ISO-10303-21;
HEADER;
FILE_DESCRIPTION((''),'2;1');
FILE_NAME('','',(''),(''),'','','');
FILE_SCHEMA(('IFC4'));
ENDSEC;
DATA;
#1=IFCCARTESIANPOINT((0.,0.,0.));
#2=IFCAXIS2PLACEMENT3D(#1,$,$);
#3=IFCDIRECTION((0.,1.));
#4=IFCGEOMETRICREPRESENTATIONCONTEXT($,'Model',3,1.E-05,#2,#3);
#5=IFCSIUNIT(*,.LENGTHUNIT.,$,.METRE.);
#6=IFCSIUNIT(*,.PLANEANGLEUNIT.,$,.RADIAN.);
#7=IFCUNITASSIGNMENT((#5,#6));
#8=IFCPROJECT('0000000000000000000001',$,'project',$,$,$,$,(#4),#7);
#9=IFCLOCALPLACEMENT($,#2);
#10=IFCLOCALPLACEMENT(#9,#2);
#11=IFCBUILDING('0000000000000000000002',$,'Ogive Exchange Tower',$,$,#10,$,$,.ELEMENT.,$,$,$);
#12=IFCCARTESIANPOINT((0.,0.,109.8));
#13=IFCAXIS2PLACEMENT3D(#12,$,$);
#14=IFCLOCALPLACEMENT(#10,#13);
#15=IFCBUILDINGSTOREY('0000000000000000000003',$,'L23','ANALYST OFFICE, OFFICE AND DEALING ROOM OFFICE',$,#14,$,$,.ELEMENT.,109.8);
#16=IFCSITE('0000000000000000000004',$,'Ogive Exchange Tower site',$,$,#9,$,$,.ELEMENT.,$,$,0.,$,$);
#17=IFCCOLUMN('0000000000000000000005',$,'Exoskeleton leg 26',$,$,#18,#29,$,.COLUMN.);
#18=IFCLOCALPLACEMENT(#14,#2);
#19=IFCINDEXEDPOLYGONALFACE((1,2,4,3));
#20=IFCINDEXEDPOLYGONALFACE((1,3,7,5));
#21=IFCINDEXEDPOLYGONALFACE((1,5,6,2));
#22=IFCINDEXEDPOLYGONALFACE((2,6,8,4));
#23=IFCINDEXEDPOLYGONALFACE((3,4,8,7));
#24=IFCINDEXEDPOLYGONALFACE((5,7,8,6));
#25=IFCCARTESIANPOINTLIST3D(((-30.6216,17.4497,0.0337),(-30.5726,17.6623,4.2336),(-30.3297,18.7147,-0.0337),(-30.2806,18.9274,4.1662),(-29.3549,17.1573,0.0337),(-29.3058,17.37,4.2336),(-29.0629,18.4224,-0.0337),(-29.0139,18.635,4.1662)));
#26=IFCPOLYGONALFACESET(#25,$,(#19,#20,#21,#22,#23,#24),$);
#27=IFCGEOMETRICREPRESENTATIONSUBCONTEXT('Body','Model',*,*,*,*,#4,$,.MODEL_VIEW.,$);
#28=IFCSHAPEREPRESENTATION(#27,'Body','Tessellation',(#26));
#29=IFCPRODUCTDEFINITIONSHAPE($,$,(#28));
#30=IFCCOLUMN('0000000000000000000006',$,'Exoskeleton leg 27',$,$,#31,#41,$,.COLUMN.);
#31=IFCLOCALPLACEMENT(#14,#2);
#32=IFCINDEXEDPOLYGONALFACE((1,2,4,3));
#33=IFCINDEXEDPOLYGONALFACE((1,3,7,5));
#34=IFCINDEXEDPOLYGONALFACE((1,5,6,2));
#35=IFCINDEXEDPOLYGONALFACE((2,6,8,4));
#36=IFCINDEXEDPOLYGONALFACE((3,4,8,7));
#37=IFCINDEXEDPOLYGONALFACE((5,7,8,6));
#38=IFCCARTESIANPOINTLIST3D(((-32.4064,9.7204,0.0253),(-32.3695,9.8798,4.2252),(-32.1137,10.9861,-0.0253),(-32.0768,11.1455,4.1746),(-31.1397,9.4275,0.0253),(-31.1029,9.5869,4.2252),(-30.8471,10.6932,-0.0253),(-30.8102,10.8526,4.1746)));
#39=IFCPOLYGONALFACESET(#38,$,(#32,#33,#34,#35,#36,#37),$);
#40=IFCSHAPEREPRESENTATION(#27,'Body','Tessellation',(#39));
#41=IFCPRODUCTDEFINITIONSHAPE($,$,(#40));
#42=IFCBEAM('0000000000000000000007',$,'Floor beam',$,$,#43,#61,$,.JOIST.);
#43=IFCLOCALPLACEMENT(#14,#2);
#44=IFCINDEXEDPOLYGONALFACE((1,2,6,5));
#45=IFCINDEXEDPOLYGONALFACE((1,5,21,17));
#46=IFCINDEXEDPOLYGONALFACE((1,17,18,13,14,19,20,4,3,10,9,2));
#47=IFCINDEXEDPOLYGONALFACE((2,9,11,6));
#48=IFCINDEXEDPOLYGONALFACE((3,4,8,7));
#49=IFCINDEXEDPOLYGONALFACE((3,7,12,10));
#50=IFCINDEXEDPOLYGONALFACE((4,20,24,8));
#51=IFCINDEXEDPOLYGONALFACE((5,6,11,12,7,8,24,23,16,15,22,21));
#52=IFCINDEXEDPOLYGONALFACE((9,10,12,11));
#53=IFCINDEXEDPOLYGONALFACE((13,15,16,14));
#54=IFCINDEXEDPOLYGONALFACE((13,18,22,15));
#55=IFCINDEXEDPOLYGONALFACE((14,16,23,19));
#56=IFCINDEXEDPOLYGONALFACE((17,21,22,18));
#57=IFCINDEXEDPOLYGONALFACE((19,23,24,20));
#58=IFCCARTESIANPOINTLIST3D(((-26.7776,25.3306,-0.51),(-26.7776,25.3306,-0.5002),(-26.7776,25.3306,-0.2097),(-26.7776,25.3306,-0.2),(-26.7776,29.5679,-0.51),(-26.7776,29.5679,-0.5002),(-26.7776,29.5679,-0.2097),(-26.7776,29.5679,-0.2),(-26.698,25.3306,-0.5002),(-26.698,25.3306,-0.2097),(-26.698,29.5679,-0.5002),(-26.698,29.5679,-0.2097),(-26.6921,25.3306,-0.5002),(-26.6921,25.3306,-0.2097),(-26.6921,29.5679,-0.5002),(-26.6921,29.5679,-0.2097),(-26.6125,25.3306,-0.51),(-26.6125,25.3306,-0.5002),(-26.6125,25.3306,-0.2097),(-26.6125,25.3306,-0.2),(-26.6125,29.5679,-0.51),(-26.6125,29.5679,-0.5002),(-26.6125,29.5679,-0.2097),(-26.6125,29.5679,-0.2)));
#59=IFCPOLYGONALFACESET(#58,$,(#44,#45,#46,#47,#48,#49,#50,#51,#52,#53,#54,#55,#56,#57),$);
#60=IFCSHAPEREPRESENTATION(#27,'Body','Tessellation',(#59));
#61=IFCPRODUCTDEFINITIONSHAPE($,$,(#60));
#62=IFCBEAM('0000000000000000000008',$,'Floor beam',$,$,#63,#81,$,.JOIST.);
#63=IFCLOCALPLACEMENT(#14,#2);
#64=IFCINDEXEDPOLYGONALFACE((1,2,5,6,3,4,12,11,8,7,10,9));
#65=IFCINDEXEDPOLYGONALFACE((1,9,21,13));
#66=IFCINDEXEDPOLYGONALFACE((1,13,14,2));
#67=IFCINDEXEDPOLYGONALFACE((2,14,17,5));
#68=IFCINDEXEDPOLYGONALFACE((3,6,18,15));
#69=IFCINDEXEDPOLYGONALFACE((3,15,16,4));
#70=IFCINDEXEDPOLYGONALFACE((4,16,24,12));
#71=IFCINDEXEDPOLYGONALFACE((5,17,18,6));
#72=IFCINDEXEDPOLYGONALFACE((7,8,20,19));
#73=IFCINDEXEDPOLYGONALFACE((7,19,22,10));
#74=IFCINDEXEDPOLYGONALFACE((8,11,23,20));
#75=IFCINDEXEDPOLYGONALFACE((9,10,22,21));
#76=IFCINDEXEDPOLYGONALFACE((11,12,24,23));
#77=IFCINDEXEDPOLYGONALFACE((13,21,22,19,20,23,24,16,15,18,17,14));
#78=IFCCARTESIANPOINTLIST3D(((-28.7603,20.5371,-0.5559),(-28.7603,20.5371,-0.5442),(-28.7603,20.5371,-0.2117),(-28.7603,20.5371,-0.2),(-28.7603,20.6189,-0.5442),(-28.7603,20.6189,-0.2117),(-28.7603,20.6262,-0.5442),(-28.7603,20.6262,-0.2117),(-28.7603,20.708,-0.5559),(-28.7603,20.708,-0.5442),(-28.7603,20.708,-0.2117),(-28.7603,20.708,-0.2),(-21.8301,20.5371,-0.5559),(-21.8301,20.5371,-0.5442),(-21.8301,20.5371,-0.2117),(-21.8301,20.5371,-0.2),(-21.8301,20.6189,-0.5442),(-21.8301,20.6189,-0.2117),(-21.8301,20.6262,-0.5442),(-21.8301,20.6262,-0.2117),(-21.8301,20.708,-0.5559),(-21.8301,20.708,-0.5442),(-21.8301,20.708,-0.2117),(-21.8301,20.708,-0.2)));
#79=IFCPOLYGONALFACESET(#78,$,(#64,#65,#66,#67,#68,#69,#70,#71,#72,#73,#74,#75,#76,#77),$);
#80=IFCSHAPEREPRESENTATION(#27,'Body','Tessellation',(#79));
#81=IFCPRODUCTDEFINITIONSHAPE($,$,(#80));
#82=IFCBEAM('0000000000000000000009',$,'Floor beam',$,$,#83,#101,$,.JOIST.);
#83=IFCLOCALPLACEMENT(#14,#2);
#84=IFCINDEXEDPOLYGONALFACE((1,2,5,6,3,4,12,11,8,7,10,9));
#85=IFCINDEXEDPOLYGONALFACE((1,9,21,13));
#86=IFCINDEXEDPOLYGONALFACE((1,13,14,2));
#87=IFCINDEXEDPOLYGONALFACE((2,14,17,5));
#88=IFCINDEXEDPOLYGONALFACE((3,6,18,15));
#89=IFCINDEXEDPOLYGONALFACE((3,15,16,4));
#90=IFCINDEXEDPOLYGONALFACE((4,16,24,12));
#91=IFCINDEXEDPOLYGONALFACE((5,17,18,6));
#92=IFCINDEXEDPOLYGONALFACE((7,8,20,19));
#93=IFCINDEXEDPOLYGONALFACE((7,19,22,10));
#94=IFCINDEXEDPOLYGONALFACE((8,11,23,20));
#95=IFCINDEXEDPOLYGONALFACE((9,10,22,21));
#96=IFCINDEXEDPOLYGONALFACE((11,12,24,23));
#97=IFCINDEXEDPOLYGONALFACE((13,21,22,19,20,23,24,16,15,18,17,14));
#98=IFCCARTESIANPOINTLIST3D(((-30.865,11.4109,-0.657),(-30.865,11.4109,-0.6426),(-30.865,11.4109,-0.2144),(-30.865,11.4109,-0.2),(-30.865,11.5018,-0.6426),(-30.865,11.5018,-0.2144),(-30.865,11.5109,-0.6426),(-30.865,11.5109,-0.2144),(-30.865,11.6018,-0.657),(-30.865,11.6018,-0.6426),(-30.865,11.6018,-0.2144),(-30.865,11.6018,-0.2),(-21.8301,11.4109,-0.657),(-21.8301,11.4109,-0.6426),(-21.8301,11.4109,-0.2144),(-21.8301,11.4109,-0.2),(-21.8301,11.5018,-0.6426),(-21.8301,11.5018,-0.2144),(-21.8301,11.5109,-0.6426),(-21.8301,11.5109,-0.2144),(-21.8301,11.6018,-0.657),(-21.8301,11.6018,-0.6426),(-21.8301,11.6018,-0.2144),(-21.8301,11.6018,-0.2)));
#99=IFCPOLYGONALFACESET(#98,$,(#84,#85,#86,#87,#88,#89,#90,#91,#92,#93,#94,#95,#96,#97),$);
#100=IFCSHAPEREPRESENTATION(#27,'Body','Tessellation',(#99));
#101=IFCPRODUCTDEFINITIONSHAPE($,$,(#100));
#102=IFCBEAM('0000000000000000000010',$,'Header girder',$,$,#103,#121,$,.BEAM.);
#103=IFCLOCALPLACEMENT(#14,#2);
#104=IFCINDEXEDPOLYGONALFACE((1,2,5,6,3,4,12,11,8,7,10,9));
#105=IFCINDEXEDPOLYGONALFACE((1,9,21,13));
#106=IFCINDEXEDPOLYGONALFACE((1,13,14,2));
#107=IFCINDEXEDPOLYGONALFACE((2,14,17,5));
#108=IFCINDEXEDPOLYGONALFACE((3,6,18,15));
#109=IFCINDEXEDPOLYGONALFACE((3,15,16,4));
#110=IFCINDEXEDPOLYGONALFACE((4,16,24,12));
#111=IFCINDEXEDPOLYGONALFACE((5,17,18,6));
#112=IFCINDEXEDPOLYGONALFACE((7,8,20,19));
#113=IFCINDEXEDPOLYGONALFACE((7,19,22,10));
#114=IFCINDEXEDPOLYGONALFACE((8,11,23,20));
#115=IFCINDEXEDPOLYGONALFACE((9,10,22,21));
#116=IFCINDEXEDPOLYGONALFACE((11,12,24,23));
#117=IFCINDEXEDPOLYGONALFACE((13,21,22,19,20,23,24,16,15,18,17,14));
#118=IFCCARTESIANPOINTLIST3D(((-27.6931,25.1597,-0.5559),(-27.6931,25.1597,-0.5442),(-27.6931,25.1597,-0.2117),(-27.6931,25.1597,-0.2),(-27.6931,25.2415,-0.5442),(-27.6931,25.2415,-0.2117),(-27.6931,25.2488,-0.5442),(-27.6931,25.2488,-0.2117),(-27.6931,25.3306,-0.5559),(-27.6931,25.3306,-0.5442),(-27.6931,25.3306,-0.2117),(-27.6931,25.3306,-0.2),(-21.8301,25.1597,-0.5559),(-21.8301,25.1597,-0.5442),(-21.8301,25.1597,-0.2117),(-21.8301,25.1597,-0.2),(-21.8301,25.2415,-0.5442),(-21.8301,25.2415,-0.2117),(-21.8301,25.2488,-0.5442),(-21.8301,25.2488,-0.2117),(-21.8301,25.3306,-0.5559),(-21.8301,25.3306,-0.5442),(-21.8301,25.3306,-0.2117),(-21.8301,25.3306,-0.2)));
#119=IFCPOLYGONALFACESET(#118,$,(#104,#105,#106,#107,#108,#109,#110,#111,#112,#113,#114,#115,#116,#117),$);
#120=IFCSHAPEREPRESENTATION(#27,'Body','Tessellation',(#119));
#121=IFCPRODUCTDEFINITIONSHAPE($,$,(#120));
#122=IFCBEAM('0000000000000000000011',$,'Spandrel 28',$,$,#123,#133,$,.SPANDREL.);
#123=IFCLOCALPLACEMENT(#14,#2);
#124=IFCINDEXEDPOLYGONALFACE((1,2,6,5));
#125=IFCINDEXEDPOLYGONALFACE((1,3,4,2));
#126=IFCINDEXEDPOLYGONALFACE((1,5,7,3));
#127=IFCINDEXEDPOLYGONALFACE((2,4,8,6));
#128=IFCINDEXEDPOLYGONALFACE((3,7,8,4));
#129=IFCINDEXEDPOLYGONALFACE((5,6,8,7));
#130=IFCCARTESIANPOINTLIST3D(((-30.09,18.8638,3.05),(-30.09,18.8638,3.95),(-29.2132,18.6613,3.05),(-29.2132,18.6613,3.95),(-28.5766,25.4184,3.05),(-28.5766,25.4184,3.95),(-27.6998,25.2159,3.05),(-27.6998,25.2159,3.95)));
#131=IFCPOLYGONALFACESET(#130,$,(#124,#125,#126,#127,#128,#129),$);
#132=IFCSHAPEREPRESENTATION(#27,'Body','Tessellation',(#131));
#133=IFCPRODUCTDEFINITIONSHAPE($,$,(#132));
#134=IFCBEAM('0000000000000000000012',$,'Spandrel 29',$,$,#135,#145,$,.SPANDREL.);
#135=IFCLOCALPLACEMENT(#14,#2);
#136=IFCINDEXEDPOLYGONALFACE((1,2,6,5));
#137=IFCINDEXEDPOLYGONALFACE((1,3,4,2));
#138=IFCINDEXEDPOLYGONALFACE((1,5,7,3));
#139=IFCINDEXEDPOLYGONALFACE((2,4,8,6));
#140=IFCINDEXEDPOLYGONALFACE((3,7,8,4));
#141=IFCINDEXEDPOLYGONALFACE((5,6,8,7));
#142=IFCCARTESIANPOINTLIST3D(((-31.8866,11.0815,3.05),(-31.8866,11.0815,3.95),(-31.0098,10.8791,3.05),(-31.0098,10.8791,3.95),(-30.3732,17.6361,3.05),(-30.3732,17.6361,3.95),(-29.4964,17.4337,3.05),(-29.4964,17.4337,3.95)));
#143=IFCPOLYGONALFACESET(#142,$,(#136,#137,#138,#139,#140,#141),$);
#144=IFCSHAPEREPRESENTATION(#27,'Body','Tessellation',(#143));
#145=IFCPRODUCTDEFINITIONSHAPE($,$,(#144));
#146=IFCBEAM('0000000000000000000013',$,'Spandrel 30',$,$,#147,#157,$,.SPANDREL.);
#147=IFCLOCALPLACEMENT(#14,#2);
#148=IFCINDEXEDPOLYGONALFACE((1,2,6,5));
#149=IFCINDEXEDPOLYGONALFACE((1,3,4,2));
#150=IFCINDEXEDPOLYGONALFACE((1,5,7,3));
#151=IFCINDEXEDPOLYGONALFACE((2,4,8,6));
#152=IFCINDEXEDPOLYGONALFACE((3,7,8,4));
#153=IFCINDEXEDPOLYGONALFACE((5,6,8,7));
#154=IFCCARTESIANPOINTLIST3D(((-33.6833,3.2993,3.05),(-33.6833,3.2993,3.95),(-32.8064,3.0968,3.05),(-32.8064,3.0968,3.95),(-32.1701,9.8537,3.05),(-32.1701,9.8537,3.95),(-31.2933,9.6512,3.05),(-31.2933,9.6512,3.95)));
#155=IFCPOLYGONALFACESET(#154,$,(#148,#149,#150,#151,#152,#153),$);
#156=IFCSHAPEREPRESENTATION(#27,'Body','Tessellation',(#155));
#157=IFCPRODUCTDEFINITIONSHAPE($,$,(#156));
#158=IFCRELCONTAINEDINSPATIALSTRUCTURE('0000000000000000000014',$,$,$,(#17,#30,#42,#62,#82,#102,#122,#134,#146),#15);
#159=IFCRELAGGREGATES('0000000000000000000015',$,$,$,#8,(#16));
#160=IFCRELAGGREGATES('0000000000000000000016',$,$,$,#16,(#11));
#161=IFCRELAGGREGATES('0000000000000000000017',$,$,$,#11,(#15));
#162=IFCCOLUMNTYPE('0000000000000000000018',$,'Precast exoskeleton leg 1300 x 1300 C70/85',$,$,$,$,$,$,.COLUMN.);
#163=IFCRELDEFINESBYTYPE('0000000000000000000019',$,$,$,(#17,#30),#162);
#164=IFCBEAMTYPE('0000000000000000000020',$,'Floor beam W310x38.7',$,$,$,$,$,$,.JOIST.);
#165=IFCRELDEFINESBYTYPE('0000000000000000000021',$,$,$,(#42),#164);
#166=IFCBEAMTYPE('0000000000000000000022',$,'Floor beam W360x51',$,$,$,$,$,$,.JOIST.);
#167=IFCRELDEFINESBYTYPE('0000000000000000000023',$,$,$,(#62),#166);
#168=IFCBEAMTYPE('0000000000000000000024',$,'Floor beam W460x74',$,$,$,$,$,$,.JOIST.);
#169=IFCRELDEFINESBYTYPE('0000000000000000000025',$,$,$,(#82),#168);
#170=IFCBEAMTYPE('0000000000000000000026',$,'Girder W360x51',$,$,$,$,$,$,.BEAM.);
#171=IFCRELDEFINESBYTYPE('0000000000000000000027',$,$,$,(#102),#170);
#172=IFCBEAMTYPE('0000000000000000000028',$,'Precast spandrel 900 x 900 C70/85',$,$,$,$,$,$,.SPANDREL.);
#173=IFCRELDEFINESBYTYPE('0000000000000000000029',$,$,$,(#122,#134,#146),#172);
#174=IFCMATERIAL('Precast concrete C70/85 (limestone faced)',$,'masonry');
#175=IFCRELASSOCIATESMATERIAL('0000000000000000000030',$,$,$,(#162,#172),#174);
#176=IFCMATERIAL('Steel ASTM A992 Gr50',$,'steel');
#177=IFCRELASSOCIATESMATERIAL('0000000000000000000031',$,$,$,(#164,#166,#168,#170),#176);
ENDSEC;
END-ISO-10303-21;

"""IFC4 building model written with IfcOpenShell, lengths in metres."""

from ifc_helpers import new_model, si_unit, direction, frame, origin, origin_2d, place, context, subcontext, project, spatial, rectangle, i_section, extrude, material, material_profile, profile_set, type_object, element, save


model = new_model("IFC4")

# Units and contexts
model_context = context("Model", 3, precision=1e-05, world=origin(), true_north=direction((0.0, 1.0)))
body_context = subcontext(model_context, "Body", "Model", "MODEL_VIEW")
ifc_project = project(units=[si_unit("LENGTHUNIT", "METRE"), si_unit("PLANEANGLEUNIT", "RADIAN")], contexts=[model_context])

# Site, building, storey
site_placement = place(None, origin())
site = spatial("IfcSite", under=ifc_project, at=site_placement, Name="Ogive Exchange Tower site", CompositionType="ELEMENT", RefElevation=0.0)
building_placement = place(site_placement, origin())
building = spatial("IfcBuilding", under=site, at=building_placement, Name="Ogive Exchange Tower", CompositionType="ELEMENT")
storey_placement = place(building_placement, frame((0.0, 0.0, 109.8)))
storey = spatial("IfcBuildingStorey", under=building, at=storey_placement, Name="L23", Description="ANALYST OFFICE, OFFICE AND DEALING ROOM OFFICE", CompositionType="ELEMENT", Elevation=109.8)

# Columns
ifc_material_1 = material(Name="Precast concrete C70/85 (limestone faced)", Category="masonry")
ifc_material_profile_1 = material_profile(ifc_material_1, rectangle(XDim=1.3, YDim=1.3, at=origin_2d()), Name="1300 x 1300")
ifc_profile_set_1 = profile_set([ifc_material_profile_1], Name="Precast concrete C70/85 (limestone faced)")
column_type = type_object("IfcColumnType", Name="Precast exoskeleton leg 1300 x 1300 C70/85", PredefinedType="COLUMN", material=ifc_profile_set_1)
column_1_placement = place(storey_placement, frame((-29.8423, 17.936, 0.0), z_axis=(0.011668, 0.050562, 0.998653), x_axis=(-0.974391, 0.22486, 0.0)))
element("IfcColumn", 1, at=column_1_placement, inside=storey, type_object=column_type, Name="Exoskeleton leg 26", PredefinedType="COLUMN", context=body_context, shape_type="SweptSolid", body=[
    extrude(rectangle(XDim=1.3, YDim=1.3, at=origin_2d()), origin(), (0.0, 0.0, 1.0), 4.2056),
])
column_2_placement = place(storey_placement, frame((-31.6267, 10.2068, 0.0), z_axis=(0.008771, 0.03793, 0.999242), x_axis=(-0.974291, 0.225295, 0.0)))
element("IfcColumn", 2, at=column_2_placement, inside=storey, type_object=column_type, Name="Exoskeleton leg 27", PredefinedType="COLUMN", context=body_context, shape_type="SweptSolid", body=[
    extrude(rectangle(XDim=1.3, YDim=1.3, at=origin_2d()), origin(), (0.0, 0.0, 1.0), 4.2031),
])

# Beams
ifc_material_2 = material(Name="Steel ASTM A992 Gr50", Category="steel")
ifc_material_profile_2 = material_profile(ifc_material_2, i_section(OverallWidth=0.165, OverallDepth=0.3101, WebThickness=0.0059, FlangeThickness=0.0098, at=origin_2d()), Name="W310x38.7")
ifc_profile_set_2 = profile_set([ifc_material_profile_2], Name="Steel ASTM A992 Gr50")
beam_type_1 = type_object("IfcBeamType", Name="Floor beam W310x38.7", PredefinedType="JOIST", material=ifc_profile_set_2)
beam_1_placement = place(storey_placement, frame((-26.6951, 25.3306, -0.355), z_axis=(0.0, 1.0, 0.0), x_axis=(-1.0, 0.0, 0.0)))
element("IfcBeam", 3, at=beam_1_placement, inside=storey, type_object=beam_type_1, Name="Floor beam", PredefinedType="JOIST", context=body_context, shape_type="SweptSolid", body=[
    extrude(i_section(OverallWidth=0.165, OverallDepth=0.3101, WebThickness=0.0059, FlangeThickness=0.0098, at=origin_2d()), origin(), (0.0, 0.0, 1.0), 4.2373),
])
ifc_material_profile_3 = material_profile(ifc_material_2, i_section(OverallWidth=0.1709, OverallDepth=0.356, WebThickness=0.0073, FlangeThickness=0.0117, at=origin_2d()), Name="W360x51")
ifc_profile_set_3 = profile_set([ifc_material_profile_3], Name="Steel ASTM A992 Gr50")
beam_type_2 = type_object("IfcBeamType", Name="Floor beam W360x51", PredefinedType="JOIST", material=ifc_profile_set_3)
beam_2_placement = place(storey_placement, frame((-28.7603, 20.6226, -0.3779), z_axis=(1.0, 0.0, 0.0), x_axis=(0.0, 1.0, 0.0)))
element("IfcBeam", 4, at=beam_2_placement, inside=storey, type_object=beam_type_2, Name="Floor beam", PredefinedType="JOIST", context=body_context, shape_type="SweptSolid", body=[
    extrude(i_section(OverallWidth=0.1709, OverallDepth=0.356, WebThickness=0.0073, FlangeThickness=0.0117, at=origin_2d()), origin(), (0.0, 0.0, 1.0), 6.9302),
])
ifc_material_profile_4 = material_profile(ifc_material_2, i_section(OverallWidth=0.1909, OverallDepth=0.457, WebThickness=0.009, FlangeThickness=0.0144, at=origin_2d()), Name="W460x74")
ifc_profile_set_4 = profile_set([ifc_material_profile_4], Name="Steel ASTM A992 Gr50")
beam_type_3 = type_object("IfcBeamType", Name="Floor beam W460x74", PredefinedType="JOIST", material=ifc_profile_set_4)
beam_3_placement = place(storey_placement, frame((-30.865, 11.5063, -0.4285), z_axis=(1.0, 0.0, 0.0), x_axis=(0.0, 1.0, 0.0)))
element("IfcBeam", 5, at=beam_3_placement, inside=storey, type_object=beam_type_3, Name="Floor beam", PredefinedType="JOIST", context=body_context, shape_type="SweptSolid", body=[
    extrude(i_section(OverallWidth=0.1909, OverallDepth=0.457, WebThickness=0.009, FlangeThickness=0.0144, at=origin_2d()), origin(), (0.0, 0.0, 1.0), 9.0349),
])
ifc_material_profile_5 = material_profile(ifc_material_2, i_section(OverallWidth=0.1709, OverallDepth=0.356, WebThickness=0.0073, FlangeThickness=0.0117, at=origin_2d()), Name="W360x51")
ifc_profile_set_5 = profile_set([ifc_material_profile_5], Name="Steel ASTM A992 Gr50")
beam_type_4 = type_object("IfcBeamType", Name="Girder W360x51", PredefinedType="BEAM", material=ifc_profile_set_5)
beam_4_placement = place(storey_placement, frame((-27.6931, 25.2451, -0.3779), z_axis=(1.0, 0.0, 0.0), x_axis=(0.0, 1.0, 0.0)))
element("IfcBeam", 6, at=beam_4_placement, inside=storey, type_object=beam_type_4, Name="Header girder", PredefinedType="BEAM", context=body_context, shape_type="SweptSolid", body=[
    extrude(i_section(OverallWidth=0.1709, OverallDepth=0.356, WebThickness=0.0073, FlangeThickness=0.0117, at=origin_2d()), origin(), (0.0, 0.0, 1.0), 5.863),
])
ifc_material_profile_6 = material_profile(ifc_material_1, rectangle(XDim=0.8999, YDim=0.8999, at=origin_2d()), Name="900 x 900")
ifc_profile_set_6 = profile_set([ifc_material_profile_6], Name="Precast concrete C70/85 (limestone faced)")
beam_type_5 = type_object("IfcBeamType", Name="Precast spandrel 900 x 900 C70/85", PredefinedType="SPANDREL", material=ifc_profile_set_6)
for number, where, z_axis, x_axis, name in (
    (7, (-28.1382, 25.3171, 3.5), (-0.224973, -0.974365, 0.0), (0.974365, -0.224973, 0.0), "Spandrel 28"),
    (8, (-29.9348, 17.5349, 3.5), (-0.224973, -0.974365, 0.0), (0.974365, -0.224973, 0.0), "Spandrel 29"),
):
    element("IfcBeam", number, at=place(storey_placement, frame(where, z_axis=z_axis, x_axis=x_axis)), inside=storey, type_object=beam_type_5, Name=name, PredefinedType="SPANDREL", context=body_context, shape_type="SweptSolid", body=[
        extrude(rectangle(XDim=0.8999, YDim=0.8999, at=origin_2d()), origin(), (0.0, 0.0, 1.0), 6.7271),
    ])
beam_5_placement = place(storey_placement, frame((-31.7317, 9.7524, 3.5), z_axis=(-0.224947, -0.974371, 0.0), x_axis=(0.974371, -0.224947, 0.0)))
element("IfcBeam", 9, at=beam_5_placement, inside=storey, type_object=beam_type_5, Name="Spandrel 30", PredefinedType="SPANDREL", context=body_context, shape_type="SweptSolid", body=[
    extrude(rectangle(XDim=0.8999, YDim=0.8999, at=origin_2d()), origin(), (0.0, 0.0, 1.0), 6.7268),
])

save(model, "model.ifc")
